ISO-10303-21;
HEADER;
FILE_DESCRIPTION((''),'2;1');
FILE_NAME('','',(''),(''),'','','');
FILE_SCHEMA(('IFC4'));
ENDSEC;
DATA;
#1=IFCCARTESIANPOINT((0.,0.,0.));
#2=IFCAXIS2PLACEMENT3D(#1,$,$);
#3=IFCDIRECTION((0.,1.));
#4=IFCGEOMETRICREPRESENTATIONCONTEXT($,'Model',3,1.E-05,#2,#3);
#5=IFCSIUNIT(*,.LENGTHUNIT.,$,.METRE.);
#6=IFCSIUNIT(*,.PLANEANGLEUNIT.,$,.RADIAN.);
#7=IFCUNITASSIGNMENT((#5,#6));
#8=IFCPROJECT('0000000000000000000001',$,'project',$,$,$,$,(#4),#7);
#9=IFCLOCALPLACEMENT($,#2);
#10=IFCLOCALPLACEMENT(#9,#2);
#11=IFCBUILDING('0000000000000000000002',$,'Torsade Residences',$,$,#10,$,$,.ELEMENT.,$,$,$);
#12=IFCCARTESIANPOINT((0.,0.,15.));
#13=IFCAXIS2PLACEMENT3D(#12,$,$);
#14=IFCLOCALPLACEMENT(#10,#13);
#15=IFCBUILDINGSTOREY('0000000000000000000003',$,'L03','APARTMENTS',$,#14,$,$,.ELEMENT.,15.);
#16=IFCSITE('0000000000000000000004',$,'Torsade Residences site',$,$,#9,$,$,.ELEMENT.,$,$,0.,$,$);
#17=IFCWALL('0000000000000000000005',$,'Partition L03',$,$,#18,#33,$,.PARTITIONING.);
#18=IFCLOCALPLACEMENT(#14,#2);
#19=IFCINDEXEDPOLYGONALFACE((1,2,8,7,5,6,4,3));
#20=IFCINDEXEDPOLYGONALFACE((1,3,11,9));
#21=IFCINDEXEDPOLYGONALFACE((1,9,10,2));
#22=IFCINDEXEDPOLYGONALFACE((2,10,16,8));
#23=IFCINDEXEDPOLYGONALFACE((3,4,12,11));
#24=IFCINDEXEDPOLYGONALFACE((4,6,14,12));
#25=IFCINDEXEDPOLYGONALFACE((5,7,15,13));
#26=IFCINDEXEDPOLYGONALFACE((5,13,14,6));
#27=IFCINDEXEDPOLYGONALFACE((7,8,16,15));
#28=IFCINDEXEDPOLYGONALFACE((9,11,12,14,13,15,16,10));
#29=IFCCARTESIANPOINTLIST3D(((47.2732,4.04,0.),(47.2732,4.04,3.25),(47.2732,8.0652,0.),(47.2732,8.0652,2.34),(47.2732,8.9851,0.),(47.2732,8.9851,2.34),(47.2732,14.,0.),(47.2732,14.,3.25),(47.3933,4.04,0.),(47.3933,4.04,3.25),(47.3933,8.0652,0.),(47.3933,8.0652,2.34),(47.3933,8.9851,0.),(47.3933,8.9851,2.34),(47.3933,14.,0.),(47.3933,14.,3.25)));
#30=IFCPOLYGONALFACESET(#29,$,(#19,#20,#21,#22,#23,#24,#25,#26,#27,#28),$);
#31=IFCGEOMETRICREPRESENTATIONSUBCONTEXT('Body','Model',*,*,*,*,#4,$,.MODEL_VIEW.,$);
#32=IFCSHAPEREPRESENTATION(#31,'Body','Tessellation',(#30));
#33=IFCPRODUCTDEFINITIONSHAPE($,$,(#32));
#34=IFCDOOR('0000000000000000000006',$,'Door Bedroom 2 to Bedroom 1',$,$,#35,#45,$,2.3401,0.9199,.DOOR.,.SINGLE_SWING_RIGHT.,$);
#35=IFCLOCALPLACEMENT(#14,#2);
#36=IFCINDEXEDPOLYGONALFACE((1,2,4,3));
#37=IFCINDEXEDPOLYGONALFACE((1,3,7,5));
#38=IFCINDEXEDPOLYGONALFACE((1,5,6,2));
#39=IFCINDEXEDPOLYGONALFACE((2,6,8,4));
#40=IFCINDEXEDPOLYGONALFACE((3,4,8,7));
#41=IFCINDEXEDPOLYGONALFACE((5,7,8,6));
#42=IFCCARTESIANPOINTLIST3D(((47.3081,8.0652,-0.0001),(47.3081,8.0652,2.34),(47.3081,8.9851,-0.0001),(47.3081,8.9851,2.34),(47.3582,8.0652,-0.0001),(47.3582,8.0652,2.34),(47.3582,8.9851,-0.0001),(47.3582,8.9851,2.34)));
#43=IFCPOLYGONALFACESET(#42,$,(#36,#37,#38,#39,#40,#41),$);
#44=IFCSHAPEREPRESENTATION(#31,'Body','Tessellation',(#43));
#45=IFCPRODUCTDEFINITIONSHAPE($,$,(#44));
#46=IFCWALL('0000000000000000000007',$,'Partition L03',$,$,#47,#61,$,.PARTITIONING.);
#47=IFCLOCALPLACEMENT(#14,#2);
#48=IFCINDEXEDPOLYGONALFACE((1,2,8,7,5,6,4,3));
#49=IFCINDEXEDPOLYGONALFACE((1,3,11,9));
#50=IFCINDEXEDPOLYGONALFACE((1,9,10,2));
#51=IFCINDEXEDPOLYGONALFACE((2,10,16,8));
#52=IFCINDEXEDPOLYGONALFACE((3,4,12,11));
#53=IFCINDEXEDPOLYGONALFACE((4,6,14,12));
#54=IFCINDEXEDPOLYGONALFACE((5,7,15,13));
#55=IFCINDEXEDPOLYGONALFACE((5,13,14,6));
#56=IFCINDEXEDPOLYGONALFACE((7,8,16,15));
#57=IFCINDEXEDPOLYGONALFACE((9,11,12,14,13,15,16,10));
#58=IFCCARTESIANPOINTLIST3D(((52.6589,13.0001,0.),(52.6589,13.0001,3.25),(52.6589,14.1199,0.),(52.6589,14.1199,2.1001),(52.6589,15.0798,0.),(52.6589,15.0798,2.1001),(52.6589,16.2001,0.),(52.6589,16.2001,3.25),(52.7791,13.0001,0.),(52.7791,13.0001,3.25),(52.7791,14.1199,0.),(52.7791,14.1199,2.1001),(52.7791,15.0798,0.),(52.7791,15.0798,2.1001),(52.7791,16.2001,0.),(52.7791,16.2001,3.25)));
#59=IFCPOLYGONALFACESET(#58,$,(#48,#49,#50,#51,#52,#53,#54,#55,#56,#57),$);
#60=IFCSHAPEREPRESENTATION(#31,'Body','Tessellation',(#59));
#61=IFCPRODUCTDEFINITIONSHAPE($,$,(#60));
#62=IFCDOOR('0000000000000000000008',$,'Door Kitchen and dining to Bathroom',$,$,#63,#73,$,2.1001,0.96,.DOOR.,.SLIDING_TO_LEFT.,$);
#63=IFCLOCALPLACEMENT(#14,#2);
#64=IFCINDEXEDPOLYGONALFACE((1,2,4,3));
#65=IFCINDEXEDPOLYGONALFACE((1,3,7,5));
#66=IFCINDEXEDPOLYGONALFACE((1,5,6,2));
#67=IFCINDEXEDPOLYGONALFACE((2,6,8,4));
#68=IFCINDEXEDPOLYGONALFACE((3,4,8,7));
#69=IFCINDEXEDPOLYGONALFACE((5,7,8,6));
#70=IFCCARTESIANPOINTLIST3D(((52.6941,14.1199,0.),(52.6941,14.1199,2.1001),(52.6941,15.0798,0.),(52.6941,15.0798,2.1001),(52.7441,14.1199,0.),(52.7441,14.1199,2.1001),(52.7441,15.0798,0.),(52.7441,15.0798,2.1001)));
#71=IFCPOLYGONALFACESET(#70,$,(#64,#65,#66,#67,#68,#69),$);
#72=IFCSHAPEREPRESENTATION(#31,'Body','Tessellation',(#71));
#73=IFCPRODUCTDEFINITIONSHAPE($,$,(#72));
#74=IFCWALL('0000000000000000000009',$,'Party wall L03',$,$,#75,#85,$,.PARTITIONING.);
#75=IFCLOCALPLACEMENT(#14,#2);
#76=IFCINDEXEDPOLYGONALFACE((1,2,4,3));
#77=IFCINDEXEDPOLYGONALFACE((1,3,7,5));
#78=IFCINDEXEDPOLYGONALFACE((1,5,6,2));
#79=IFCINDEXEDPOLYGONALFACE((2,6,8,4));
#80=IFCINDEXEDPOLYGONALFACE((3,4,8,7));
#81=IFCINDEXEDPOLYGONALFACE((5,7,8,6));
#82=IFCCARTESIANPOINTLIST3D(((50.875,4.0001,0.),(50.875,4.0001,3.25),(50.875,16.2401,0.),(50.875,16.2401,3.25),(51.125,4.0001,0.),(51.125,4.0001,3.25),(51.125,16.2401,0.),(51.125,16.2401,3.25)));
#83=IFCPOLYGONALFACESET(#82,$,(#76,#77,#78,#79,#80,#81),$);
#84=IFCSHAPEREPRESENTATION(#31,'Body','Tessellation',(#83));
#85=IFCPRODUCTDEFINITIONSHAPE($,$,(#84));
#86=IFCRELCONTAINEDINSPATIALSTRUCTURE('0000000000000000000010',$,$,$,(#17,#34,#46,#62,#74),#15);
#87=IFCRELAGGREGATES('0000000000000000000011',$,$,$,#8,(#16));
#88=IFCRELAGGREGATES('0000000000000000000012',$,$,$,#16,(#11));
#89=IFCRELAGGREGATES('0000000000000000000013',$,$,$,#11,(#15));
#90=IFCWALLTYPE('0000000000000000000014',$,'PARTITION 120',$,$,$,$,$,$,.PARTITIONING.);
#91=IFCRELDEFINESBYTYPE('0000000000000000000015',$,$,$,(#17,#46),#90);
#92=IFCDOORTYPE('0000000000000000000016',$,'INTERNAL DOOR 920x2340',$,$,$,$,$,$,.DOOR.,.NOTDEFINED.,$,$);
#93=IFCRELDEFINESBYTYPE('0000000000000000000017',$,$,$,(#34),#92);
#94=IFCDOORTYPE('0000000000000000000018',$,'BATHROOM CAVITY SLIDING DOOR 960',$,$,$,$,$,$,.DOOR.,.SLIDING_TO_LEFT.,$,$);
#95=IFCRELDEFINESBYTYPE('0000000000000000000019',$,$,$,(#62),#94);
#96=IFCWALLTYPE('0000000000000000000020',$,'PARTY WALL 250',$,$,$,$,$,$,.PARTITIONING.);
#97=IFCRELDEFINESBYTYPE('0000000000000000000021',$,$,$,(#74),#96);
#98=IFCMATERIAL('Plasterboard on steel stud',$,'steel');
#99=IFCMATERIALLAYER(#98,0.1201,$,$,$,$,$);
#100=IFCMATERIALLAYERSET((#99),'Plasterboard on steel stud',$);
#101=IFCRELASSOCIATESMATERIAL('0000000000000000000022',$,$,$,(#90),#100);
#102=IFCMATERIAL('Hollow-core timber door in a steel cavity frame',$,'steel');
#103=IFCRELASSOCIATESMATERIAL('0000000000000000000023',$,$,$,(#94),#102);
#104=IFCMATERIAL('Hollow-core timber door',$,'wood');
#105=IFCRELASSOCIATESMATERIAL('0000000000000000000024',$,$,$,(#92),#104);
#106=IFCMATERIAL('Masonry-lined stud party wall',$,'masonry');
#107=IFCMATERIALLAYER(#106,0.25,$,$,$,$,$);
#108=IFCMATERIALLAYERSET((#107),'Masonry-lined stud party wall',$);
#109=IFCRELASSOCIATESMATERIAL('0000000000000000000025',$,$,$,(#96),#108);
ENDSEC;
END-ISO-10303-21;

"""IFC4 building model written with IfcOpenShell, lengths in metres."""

from ifc_helpers import new_model, si_unit, direction, frame, frame_2d, origin, place, context, subcontext, project, spatial, rectangle, extrude, material, layer, layer_set, type_object, element, fill, save


model = new_model("IFC4")

# Units and contexts
model_context = context("Model", 3, precision=1e-05, world=origin(), true_north=direction((0.0, 1.0)))
body_context = subcontext(model_context, "Body", "Model", "MODEL_VIEW")
ifc_project = project(units=[si_unit("LENGTHUNIT", "METRE"), si_unit("PLANEANGLEUNIT", "RADIAN")], contexts=[model_context])

# Site, building, storey
site_placement = place(None, origin())
site = spatial("IfcSite", under=ifc_project, at=site_placement, Name="Torsade Residences site", CompositionType="ELEMENT", RefElevation=0.0)
building_placement = place(site_placement, origin())
building = spatial("IfcBuilding", under=site, at=building_placement, Name="Torsade Residences", CompositionType="ELEMENT")
storey_placement = place(building_placement, frame((0.0, 0.0, 15.0)))
storey = spatial("IfcBuildingStorey", under=building, at=storey_placement, Name="L03", Description="APARTMENTS", CompositionType="ELEMENT", Elevation=15.0)

# Shared definitions
ifc_material_1 = material(Name="Plasterboard on steel stud", Category="steel")
ifc_layer_1 = layer(ifc_material_1, 0.1201)
ifc_layer_set_1 = layer_set([ifc_layer_1], Name="Plasterboard on steel stud")
wall_type_1 = type_object("IfcWallType", Name="PARTITION 120", PredefinedType="PARTITIONING", material=ifc_layer_set_1)
ifc_material_2 = material(Name="Hollow-core timber door in a steel cavity frame", Category="steel")
door_type_1 = type_object("IfcDoorType", Name="BATHROOM CAVITY SLIDING DOOR 960", OperationType="SLIDING_TO_LEFT", PredefinedType="DOOR", material=ifc_material_2)
ifc_material_3 = material(Name="Hollow-core timber door", Category="wood")
door_type_2 = type_object("IfcDoorType", Name="INTERNAL DOOR 920x2340", OperationType="NOTDEFINED", PredefinedType="DOOR", material=ifc_material_3)

# Walls, openings, doors
wall_1_placement = place(storey_placement, frame((47.3333, 14.0, 0.0), z_axis=(0.0, 0.0, 1.0), x_axis=(0.0, -1.0, 0.0)))
wall_1 = element("IfcWall", 1, at=wall_1_placement, inside=storey, type_object=wall_type_1, Name="Partition L03", PredefinedType="PARTITIONING", context=body_context, shape_type="SweptSolid", body=[
    extrude(rectangle(XDim=9.96, YDim=0.1201, at=frame_2d((4.98, 0.0))), origin(), (0.0, 0.0, 1.0), 3.25),
])
opening_1_placement = place(wall_1_placement, frame((5.0149, 0.0, 0.0)))
opening_1 = element("IfcOpeningElement", 2, at=opening_1_placement, cuts=wall_1, PredefinedType="OPENING", context=body_context, shape_type="SweptSolid", body=[
    extrude(rectangle(XDim=0.9199, YDim=2.3401, at=frame_2d((0.46, 1.1699))), frame((0.0, 0.0701, 0.0), z_axis=(0.0, -1.0, 0.0), x_axis=(1.0, 0.0, 0.0)), (0.0, 0.0, 1.0), 0.1401),
])
door_1_placement = place(opening_1_placement, origin())
door_1 = element("IfcDoor", 3, at=door_1_placement, inside=storey, type_object=door_type_2, Name="Door Bedroom 2 to Bedroom 1", OperationType="SINGLE_SWING_RIGHT", OverallHeight=2.3401, OverallWidth=0.9199, PredefinedType="DOOR", context=body_context, shape_type="SweptSolid", body=[
    extrude(rectangle(XDim=0.9199, YDim=2.3401, at=frame_2d((0.46, 1.1699))), frame((0.0, 0.0249, 0.0), z_axis=(0.0, -1.0, 0.0), x_axis=(1.0, 0.0, 0.0)), (0.0, 0.0, 1.0), 0.05),
])
fill(opening_1, door_1)
wall_2_placement = place(storey_placement, frame((52.719, 13.0, 0.0), z_axis=(0.0, 0.0, 1.0), x_axis=(0.0, 1.0, 0.0)))
wall_2 = element("IfcWall", 4, at=wall_2_placement, inside=storey, type_object=wall_type_1, Name="Partition L03", PredefinedType="PARTITIONING", context=body_context, shape_type="SweptSolid", body=[
    extrude(rectangle(XDim=3.2, YDim=0.1201, at=frame_2d((1.6001, 0.0))), origin(), (0.0, 0.0, 1.0), 3.25),
])
opening_2_placement = place(wall_2_placement, frame((1.1199, 0.0, 0.0)))
opening_2 = element("IfcOpeningElement", 5, at=opening_2_placement, cuts=wall_2, PredefinedType="OPENING", context=body_context, shape_type="SweptSolid", body=[
    extrude(rectangle(XDim=0.96, YDim=2.1001, at=frame_2d((0.48, 1.05))), frame((0.0, 0.0701, 0.0), z_axis=(0.0, -1.0, 0.0), x_axis=(1.0, 0.0, 0.0)), (0.0, 0.0, 1.0), 0.1401),
])
door_2_placement = place(opening_2_placement, origin())
door_2 = element("IfcDoor", 6, at=door_2_placement, inside=storey, type_object=door_type_1, Name="Door Kitchen and dining to Bathroom", OperationType="SLIDING_TO_LEFT", OverallHeight=2.1001, OverallWidth=0.96, PredefinedType="DOOR", context=body_context, shape_type="SweptSolid", body=[
    extrude(rectangle(XDim=0.96, YDim=2.1001, at=frame_2d((0.48, 1.05))), frame((0.0, 0.0249, 0.0), z_axis=(0.0, -1.0, 0.0), x_axis=(1.0, 0.0, 0.0)), (0.0, 0.0, 1.0), 0.05),
])
fill(opening_2, door_2)

# Wall
ifc_material_4 = material(Name="Masonry-lined stud party wall", Category="masonry")
ifc_layer_2 = layer(ifc_material_4, 0.25)
ifc_layer_set_2 = layer_set([ifc_layer_2], Name="Masonry-lined stud party wall")
wall_type_2 = type_object("IfcWallType", Name="PARTY WALL 250", PredefinedType="PARTITIONING", material=ifc_layer_set_2)
wall_3_placement = place(storey_placement, frame((51.0, 4.0, 0.0), z_axis=(0.0, 0.0, 1.0), x_axis=(0.0, 1.0, 0.0)))
element("IfcWall", 7, at=wall_3_placement, inside=storey, type_object=wall_type_2, Name="Party wall L03", PredefinedType="PARTITIONING", context=body_context, shape_type="SweptSolid", body=[
    extrude(rectangle(XDim=12.24, YDim=0.25, at=frame_2d((6.1201, 0.0))), origin(), (0.0, 0.0, 1.0), 3.25),
])

save(model, "model.ifc")
